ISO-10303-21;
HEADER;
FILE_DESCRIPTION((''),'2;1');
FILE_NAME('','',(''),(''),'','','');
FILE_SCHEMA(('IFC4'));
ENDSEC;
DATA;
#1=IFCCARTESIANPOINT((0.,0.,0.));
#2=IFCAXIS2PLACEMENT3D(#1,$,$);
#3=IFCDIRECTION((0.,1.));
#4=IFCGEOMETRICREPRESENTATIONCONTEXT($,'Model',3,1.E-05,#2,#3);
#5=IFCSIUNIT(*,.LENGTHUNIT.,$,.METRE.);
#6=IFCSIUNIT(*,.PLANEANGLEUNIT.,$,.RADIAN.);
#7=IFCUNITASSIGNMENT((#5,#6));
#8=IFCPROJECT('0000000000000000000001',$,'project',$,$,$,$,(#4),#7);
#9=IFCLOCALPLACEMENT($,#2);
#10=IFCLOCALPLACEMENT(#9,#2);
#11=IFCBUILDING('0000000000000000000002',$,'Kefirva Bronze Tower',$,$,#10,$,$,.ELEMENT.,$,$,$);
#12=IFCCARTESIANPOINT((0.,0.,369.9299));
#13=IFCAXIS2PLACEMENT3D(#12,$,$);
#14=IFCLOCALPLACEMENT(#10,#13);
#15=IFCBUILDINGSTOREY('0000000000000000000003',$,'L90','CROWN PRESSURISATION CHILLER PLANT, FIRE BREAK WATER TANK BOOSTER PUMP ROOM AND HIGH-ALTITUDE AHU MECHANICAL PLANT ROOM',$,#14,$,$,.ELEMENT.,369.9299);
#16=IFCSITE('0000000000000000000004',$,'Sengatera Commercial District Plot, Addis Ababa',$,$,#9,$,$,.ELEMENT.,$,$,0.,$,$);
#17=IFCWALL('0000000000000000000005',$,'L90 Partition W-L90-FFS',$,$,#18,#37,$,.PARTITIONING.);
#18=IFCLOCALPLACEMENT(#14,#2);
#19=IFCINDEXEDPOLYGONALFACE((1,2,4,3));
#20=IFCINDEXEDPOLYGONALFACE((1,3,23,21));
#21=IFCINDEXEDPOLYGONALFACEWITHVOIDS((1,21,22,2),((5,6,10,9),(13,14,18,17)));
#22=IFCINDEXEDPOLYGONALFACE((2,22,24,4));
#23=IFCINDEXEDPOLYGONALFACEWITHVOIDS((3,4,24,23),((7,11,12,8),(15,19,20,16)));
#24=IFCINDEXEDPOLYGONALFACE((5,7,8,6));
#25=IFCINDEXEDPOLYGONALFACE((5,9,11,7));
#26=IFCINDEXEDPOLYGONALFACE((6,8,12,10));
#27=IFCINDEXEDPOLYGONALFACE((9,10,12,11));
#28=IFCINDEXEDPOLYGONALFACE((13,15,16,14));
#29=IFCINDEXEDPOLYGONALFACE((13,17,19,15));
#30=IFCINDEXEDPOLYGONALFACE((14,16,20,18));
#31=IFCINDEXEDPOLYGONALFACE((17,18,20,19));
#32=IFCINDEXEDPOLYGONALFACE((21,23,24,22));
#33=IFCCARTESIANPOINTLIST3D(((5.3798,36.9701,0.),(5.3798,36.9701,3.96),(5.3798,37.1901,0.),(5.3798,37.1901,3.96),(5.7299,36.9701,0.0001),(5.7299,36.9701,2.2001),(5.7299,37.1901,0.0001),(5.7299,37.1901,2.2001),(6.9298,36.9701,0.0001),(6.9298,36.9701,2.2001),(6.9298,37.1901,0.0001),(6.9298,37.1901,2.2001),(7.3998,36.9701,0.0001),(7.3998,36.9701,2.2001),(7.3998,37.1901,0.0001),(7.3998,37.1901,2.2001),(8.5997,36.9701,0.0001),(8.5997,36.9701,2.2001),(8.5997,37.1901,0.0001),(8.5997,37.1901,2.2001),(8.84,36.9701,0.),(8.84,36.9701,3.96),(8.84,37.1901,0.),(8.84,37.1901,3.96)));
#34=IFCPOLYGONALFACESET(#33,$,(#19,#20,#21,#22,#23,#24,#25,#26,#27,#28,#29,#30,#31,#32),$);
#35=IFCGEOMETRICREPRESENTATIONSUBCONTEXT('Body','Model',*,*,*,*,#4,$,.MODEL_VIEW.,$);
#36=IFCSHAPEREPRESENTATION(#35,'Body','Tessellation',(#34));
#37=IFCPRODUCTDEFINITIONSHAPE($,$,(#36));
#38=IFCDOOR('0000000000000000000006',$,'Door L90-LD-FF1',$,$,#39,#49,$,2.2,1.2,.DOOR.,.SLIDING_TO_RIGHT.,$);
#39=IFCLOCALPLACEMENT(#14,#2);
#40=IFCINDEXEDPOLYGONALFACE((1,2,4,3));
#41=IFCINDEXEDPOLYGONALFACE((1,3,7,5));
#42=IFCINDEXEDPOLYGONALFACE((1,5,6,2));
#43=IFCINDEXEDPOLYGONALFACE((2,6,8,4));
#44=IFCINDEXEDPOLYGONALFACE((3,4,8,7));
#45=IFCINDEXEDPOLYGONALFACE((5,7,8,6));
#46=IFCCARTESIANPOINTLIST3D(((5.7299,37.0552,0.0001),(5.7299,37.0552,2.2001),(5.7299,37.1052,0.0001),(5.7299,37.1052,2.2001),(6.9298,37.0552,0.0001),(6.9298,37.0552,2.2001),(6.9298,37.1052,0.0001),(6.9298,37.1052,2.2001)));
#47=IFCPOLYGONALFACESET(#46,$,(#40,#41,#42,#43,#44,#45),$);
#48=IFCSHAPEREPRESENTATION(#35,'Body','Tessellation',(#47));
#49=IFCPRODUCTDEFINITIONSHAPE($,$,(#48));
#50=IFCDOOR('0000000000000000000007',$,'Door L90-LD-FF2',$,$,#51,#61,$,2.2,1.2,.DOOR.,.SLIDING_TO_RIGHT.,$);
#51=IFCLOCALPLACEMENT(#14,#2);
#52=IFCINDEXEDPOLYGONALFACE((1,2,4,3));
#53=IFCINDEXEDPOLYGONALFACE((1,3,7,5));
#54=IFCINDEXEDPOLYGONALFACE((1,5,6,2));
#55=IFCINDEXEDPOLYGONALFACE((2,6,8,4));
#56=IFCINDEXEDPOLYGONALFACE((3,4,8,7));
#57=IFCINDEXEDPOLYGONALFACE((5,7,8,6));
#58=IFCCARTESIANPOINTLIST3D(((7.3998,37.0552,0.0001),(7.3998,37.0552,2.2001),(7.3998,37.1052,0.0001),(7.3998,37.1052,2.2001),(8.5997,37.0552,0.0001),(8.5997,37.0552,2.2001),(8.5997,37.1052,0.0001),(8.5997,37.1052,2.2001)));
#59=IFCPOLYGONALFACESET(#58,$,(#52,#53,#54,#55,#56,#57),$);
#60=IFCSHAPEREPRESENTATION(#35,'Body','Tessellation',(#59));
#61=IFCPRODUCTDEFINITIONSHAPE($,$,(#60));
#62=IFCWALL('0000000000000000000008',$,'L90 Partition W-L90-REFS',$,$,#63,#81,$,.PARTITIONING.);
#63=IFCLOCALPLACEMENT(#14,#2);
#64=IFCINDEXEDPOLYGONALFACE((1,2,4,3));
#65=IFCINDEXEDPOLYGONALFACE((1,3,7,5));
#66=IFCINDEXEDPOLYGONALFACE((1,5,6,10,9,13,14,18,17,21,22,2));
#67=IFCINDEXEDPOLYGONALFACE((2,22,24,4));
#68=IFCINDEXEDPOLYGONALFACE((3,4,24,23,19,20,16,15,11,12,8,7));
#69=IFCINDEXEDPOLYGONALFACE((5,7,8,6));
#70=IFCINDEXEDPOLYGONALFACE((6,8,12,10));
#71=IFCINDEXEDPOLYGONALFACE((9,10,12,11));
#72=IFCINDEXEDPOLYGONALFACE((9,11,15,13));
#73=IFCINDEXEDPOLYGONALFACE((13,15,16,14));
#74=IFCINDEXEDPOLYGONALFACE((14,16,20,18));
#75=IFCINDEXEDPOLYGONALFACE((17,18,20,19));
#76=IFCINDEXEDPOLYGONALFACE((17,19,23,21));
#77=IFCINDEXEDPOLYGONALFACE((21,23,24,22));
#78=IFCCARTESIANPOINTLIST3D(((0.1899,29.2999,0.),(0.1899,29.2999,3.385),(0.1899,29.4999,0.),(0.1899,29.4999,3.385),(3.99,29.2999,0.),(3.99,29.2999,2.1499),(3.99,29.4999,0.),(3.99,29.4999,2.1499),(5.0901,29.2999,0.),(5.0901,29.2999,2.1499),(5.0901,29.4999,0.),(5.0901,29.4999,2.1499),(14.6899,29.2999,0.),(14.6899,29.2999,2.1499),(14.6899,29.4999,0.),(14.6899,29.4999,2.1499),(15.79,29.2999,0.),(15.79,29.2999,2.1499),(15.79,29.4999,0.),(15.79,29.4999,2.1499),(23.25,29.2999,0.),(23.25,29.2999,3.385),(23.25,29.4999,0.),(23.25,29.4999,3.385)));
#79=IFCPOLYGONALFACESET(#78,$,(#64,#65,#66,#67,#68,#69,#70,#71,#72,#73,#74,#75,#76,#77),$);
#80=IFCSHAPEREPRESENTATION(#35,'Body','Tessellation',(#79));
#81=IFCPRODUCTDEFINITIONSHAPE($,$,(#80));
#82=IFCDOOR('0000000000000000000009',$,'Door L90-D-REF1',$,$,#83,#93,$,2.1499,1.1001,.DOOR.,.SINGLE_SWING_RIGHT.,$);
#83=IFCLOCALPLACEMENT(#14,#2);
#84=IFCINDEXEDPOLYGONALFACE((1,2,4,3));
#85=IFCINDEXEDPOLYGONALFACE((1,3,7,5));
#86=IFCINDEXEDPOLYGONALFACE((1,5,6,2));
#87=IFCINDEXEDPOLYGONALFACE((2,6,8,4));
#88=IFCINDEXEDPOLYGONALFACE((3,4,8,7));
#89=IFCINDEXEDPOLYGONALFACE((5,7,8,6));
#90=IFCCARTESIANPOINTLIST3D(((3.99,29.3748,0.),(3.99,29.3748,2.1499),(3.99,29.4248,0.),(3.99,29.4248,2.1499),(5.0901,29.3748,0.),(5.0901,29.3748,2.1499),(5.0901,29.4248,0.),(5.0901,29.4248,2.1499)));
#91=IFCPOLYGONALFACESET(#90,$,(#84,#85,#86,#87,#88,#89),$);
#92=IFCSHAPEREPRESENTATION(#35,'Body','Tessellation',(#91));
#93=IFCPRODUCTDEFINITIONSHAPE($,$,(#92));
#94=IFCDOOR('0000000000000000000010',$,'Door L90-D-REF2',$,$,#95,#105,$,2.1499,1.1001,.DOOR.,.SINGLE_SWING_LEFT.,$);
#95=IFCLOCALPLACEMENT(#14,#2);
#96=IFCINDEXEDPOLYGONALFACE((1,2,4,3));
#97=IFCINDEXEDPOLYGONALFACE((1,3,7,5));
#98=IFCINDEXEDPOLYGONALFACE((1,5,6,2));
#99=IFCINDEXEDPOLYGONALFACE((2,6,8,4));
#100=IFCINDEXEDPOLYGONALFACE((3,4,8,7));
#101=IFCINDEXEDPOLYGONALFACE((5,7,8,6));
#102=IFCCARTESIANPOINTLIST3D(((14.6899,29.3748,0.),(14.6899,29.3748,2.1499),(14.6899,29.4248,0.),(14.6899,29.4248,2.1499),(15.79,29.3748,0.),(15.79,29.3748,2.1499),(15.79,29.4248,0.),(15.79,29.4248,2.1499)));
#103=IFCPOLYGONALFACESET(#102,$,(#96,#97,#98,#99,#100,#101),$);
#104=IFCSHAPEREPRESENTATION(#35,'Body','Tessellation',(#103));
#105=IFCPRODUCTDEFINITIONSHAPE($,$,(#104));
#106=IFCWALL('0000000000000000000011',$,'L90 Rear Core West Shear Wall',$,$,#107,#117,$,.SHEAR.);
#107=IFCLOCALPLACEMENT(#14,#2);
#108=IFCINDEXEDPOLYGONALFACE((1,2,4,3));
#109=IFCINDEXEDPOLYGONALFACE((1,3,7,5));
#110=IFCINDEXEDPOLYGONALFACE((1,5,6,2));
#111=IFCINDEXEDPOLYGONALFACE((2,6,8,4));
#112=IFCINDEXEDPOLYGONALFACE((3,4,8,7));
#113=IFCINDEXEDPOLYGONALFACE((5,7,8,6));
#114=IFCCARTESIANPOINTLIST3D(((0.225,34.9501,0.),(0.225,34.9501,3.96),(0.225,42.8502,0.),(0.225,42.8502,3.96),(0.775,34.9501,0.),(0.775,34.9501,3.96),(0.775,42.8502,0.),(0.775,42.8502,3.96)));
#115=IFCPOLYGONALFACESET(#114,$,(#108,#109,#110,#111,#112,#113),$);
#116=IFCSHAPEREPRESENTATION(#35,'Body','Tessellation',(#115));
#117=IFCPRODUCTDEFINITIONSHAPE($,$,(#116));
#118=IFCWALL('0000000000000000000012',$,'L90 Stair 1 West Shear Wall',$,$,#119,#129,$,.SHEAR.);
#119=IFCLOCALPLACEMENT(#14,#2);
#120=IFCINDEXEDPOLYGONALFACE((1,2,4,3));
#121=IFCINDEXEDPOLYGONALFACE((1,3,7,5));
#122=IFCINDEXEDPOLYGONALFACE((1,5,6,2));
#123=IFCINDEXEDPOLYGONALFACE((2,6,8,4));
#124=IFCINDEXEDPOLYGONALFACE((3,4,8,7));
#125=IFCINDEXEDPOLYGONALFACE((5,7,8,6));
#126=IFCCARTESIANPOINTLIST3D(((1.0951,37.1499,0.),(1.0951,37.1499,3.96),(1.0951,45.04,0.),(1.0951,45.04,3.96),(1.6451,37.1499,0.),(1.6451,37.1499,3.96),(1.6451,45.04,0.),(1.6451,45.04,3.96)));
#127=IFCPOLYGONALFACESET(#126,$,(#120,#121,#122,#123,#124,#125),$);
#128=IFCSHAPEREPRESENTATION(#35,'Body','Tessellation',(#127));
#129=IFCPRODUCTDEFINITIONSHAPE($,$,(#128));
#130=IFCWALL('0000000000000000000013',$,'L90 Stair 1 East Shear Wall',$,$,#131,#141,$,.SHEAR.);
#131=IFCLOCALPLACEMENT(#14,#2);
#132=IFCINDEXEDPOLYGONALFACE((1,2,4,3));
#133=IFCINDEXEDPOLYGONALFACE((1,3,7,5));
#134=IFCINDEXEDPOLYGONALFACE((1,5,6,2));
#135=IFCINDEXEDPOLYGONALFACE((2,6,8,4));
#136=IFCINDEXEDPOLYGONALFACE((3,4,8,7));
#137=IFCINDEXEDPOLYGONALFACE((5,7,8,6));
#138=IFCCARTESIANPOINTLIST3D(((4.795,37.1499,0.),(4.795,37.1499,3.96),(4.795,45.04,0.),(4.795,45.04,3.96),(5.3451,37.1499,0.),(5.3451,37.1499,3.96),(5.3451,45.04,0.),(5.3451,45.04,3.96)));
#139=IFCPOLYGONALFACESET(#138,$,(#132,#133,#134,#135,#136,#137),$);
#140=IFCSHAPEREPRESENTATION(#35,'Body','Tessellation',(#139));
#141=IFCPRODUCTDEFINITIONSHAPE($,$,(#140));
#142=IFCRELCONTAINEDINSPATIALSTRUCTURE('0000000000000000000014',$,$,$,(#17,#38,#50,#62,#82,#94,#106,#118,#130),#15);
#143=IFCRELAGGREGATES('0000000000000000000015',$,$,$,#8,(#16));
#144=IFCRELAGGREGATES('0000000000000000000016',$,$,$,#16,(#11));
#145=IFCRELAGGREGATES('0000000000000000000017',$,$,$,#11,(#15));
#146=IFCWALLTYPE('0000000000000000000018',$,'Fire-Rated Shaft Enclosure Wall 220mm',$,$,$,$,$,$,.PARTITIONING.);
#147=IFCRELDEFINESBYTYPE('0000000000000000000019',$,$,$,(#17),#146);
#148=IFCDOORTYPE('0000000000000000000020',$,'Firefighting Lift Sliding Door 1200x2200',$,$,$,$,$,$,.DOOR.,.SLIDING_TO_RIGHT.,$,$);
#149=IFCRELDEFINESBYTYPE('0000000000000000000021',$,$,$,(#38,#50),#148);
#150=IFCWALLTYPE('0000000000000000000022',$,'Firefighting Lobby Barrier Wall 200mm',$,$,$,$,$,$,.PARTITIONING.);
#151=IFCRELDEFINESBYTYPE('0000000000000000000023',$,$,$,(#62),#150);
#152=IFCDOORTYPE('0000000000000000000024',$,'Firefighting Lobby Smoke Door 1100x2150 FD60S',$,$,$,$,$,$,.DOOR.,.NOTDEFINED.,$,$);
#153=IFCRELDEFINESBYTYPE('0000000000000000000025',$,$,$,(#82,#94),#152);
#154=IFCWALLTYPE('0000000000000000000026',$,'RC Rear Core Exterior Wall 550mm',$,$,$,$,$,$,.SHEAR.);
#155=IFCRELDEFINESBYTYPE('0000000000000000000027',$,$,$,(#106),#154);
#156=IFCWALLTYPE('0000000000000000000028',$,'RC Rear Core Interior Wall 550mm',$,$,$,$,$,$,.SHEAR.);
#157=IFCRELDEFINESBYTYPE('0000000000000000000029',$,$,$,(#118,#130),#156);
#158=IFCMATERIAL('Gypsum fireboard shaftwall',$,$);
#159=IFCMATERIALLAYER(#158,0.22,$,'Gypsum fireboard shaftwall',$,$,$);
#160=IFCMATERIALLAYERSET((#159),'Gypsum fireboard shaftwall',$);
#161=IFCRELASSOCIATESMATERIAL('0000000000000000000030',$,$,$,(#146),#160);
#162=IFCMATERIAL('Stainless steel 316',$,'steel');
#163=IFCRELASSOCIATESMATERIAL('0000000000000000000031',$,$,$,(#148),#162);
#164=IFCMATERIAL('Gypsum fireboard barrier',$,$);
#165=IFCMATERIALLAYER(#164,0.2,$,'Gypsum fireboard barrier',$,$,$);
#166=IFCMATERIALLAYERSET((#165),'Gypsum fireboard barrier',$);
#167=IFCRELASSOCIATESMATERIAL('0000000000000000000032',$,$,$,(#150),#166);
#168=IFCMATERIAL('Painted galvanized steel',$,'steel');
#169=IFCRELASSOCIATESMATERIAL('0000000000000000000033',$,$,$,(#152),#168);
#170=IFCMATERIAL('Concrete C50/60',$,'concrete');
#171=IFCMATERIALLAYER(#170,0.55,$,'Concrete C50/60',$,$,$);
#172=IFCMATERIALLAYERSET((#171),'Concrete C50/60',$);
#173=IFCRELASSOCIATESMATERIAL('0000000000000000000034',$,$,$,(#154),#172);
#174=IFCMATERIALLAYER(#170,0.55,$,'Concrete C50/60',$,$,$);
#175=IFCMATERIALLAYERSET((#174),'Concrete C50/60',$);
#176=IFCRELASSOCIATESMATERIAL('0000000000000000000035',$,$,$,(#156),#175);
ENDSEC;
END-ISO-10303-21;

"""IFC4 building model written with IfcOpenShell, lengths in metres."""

from ifc_helpers import new_model, si_unit, direction, frame, frame_2d, origin, place, context, subcontext, project, spatial, rectangle, extrude, material, layer, layer_set, type_object, element, fill, save


model = new_model("IFC4")

# Units and contexts
model_context = context("Model", 3, precision=1e-05, world=origin(), true_north=direction((0.0, 1.0)))
body_context = subcontext(model_context, "Body", "Model", "MODEL_VIEW")
ifc_project = project(units=[si_unit("LENGTHUNIT", "METRE"), si_unit("PLANEANGLEUNIT", "RADIAN")], contexts=[model_context])

# Site, building, storey
site_placement = place(None, origin())
site = spatial("IfcSite", under=ifc_project, at=site_placement, Name="Sengatera Commercial District Plot, Addis Ababa", CompositionType="ELEMENT", RefElevation=0.0)
building_placement = place(site_placement, origin())
building = spatial("IfcBuilding", under=site, at=building_placement, Name="Kefirva Bronze Tower", CompositionType="ELEMENT")
storey_placement = place(building_placement, frame((0.0, 0.0, 369.9299)))
storey = spatial("IfcBuildingStorey", under=building, at=storey_placement, Name="L90", Description="CROWN PRESSURISATION CHILLER PLANT, FIRE BREAK WATER TANK BOOSTER PUMP ROOM AND HIGH-ALTITUDE AHU MECHANICAL PLANT ROOM", CompositionType="ELEMENT", Elevation=369.9299)

# Shared definitions
ifc_material_1 = material(Name="Concrete C50/60", Category="concrete")

# Shared definitions
ifc_material_2 = material(Name="Gypsum fireboard shaftwall")
ifc_layer_1 = layer(ifc_material_2, 0.22, Name="Gypsum fireboard shaftwall")
ifc_layer_set_1 = layer_set([ifc_layer_1], Name="Gypsum fireboard shaftwall")
wall_type_1 = type_object("IfcWallType", Name="Fire-Rated Shaft Enclosure Wall 220mm", PredefinedType="PARTITIONING", material=ifc_layer_set_1)
ifc_material_3 = material(Name="Painted galvanized steel", Category="steel")

# Walls, openings, doors
wall_1_placement = place(storey_placement, frame((5.3799, 37.0801, 0.0), z_axis=(0.0, 0.0, 1.0), x_axis=(1.0, 0.0, 0.0)))
wall_1 = element("IfcWall", 1, at=wall_1_placement, inside=storey, type_object=wall_type_1, Name="L90 Partition W-L90-FFS", PredefinedType="PARTITIONING", context=body_context, shape_type="SweptSolid", body=[
    extrude(rectangle(XDim=3.4602, YDim=0.22, at=frame_2d((1.73, 0.0))), origin(), (0.0, 0.0, 1.0), 3.96),
])
opening_1_placement = place(wall_1_placement, frame((1.55, 0.0, 0.0), z_axis=(0.0, 0.0, 1.0), x_axis=(-1.0, 0.0, 0.0)))
opening_1 = element("IfcOpeningElement", 2, at=opening_1_placement, cuts=wall_1, PredefinedType="OPENING", context=body_context, shape_type="SweptSolid", body=[
    extrude(rectangle(XDim=1.2, YDim=2.2, at=frame_2d((0.6001, 1.1001))), frame((0.0, 0.1201, 0.0), z_axis=(0.0, -1.0, 0.0), x_axis=(1.0, 0.0, 0.0)), (0.0, 0.0, 1.0), 0.24),
])
opening_2_placement = place(wall_1_placement, frame((3.22, 0.0, 0.0), z_axis=(0.0, 0.0, 1.0), x_axis=(-1.0, 0.0, 0.0)))
opening_2 = element("IfcOpeningElement", 3, at=opening_2_placement, cuts=wall_1, PredefinedType="OPENING", context=body_context, shape_type="SweptSolid", body=[
    extrude(rectangle(XDim=1.2, YDim=2.2, at=frame_2d((0.6001, 1.1001))), frame((0.0, 0.1201, 0.0), z_axis=(0.0, -1.0, 0.0), x_axis=(1.0, 0.0, 0.0)), (0.0, 0.0, 1.0), 0.24),
])
ifc_material_4 = material(Name="Stainless steel 316", Category="steel")
door_type_1 = type_object("IfcDoorType", Name="Firefighting Lift Sliding Door 1200x2200", OperationType="SLIDING_TO_RIGHT", PredefinedType="DOOR", material=ifc_material_4)
door_1_placement = place(opening_1_placement, origin())
door_1 = element("IfcDoor", 4, at=door_1_placement, inside=storey, type_object=door_type_1, Name="Door L90-LD-FF1", OperationType="SLIDING_TO_RIGHT", OverallHeight=2.2, OverallWidth=1.2, PredefinedType="DOOR", context=body_context, shape_type="SweptSolid", body=[
    extrude(rectangle(XDim=1.2, YDim=2.2, at=frame_2d((0.6001, 1.1001))), frame((0.0, 0.0249, 0.0), z_axis=(0.0, -1.0, 0.0), x_axis=(1.0, 0.0, 0.0)), (0.0, 0.0, 1.0), 0.05),
])
fill(opening_1, door_1)
door_2_placement = place(opening_2_placement, origin())
door_2 = element("IfcDoor", 5, at=door_2_placement, inside=storey, type_object=door_type_1, Name="Door L90-LD-FF2", OperationType="SLIDING_TO_RIGHT", OverallHeight=2.2, OverallWidth=1.2, PredefinedType="DOOR", context=body_context, shape_type="SweptSolid", body=[
    extrude(rectangle(XDim=1.2, YDim=2.2, at=frame_2d((0.6001, 1.1001))), frame((0.0, 0.0249, 0.0), z_axis=(0.0, -1.0, 0.0), x_axis=(1.0, 0.0, 0.0)), (0.0, 0.0, 1.0), 0.05),
])
fill(opening_2, door_2)
ifc_material_5 = material(Name="Gypsum fireboard barrier")
ifc_layer_2 = layer(ifc_material_5, 0.2, Name="Gypsum fireboard barrier")
ifc_layer_set_2 = layer_set([ifc_layer_2], Name="Gypsum fireboard barrier")
wall_type_2 = type_object("IfcWallType", Name="Firefighting Lobby Barrier Wall 200mm", PredefinedType="PARTITIONING", material=ifc_layer_set_2)
wall_2_placement = place(storey_placement, frame((0.1899, 29.3999, 0.0), z_axis=(0.0, 0.0, 1.0), x_axis=(1.0, 0.0, 0.0)))
wall_2 = element("IfcWall", 6, at=wall_2_placement, inside=storey, type_object=wall_type_2, Name="L90 Partition W-L90-REFS", PredefinedType="PARTITIONING", context=body_context, shape_type="SweptSolid", body=[
    extrude(rectangle(XDim=23.0601, YDim=0.2, at=frame_2d((11.53, 0.0))), origin(), (0.0, 0.0, 1.0), 3.385),
])
opening_3_placement = place(wall_2_placement, frame((3.8, 0.0, 0.0)))
opening_3 = element("IfcOpeningElement", 7, at=opening_3_placement, cuts=wall_2, PredefinedType="OPENING", context=body_context, shape_type="SweptSolid", body=[
    extrude(rectangle(XDim=1.1001, YDim=2.1499, at=frame_2d((0.55, 1.075))), frame((0.0, 0.1099, 0.0), z_axis=(0.0, -1.0, 0.0), x_axis=(1.0, 0.0, 0.0)), (0.0, 0.0, 1.0), 0.22),
])
opening_4_placement = place(wall_2_placement, frame((14.5, 0.0, 0.0)))
opening_4 = element("IfcOpeningElement", 8, at=opening_4_placement, cuts=wall_2, PredefinedType="OPENING", context=body_context, shape_type="SweptSolid", body=[
    extrude(rectangle(XDim=1.1001, YDim=2.1499, at=frame_2d((0.55, 1.075))), frame((0.0, 0.1099, 0.0), z_axis=(0.0, -1.0, 0.0), x_axis=(1.0, 0.0, 0.0)), (0.0, 0.0, 1.0), 0.22),
])
door_type_2 = type_object("IfcDoorType", Name="Firefighting Lobby Smoke Door 1100x2150 FD60S", OperationType="NOTDEFINED", PredefinedType="DOOR", material=ifc_material_3)
door_3_placement = place(opening_3_placement, origin())
door_3 = element("IfcDoor", 9, at=door_3_placement, inside=storey, type_object=door_type_2, Name="Door L90-D-REF1", OperationType="SINGLE_SWING_RIGHT", OverallHeight=2.1499, OverallWidth=1.1001, PredefinedType="DOOR", context=body_context, shape_type="SweptSolid", body=[
    extrude(rectangle(XDim=1.1001, YDim=2.1499, at=frame_2d((0.55, 1.075))), frame((0.0, 0.0249, 0.0), z_axis=(0.0, -1.0, 0.0), x_axis=(1.0, 0.0, 0.0)), (0.0, 0.0, 1.0), 0.05),
])
fill(opening_3, door_3)
door_4_placement = place(opening_4_placement, origin())
door_4 = element("IfcDoor", 10, at=door_4_placement, inside=storey, type_object=door_type_2, Name="Door L90-D-REF2", OperationType="SINGLE_SWING_LEFT", OverallHeight=2.1499, OverallWidth=1.1001, PredefinedType="DOOR", context=body_context, shape_type="SweptSolid", body=[
    extrude(rectangle(XDim=1.1001, YDim=2.1499, at=frame_2d((0.55, 1.075))), frame((0.0, 0.0249, 0.0), z_axis=(0.0, -1.0, 0.0), x_axis=(1.0, 0.0, 0.0)), (0.0, 0.0, 1.0), 0.05),
])
fill(opening_4, door_4)

# Wall
ifc_layer_3 = layer(ifc_material_1, 0.55, Name="Concrete C50/60")
ifc_layer_set_3 = layer_set([ifc_layer_3], Name="Concrete C50/60")
wall_type_3 = type_object("IfcWallType", Name="RC Rear Core Exterior Wall 550mm", PredefinedType="SHEAR", material=ifc_layer_set_3)
wall_3_placement = place(storey_placement, frame((0.5, 34.95, 0.0), z_axis=(0.0, 0.0, 1.0), x_axis=(0.0, 1.0, 0.0)))
element("IfcWall", 11, at=wall_3_placement, inside=storey, type_object=wall_type_3, Name="L90 Rear Core West Shear Wall", PredefinedType="SHEAR", context=body_context, shape_type="SweptSolid", body=[
    extrude(rectangle(XDim=7.9001, YDim=0.55, at=frame_2d((3.9502, 0.0))), origin(), (0.0, 0.0, 1.0), 3.96),
])

# Shared definitions
ifc_layer_4 = layer(ifc_material_1, 0.55, Name="Concrete C50/60")
ifc_layer_set_4 = layer_set([ifc_layer_4], Name="Concrete C50/60")
wall_type_4 = type_object("IfcWallType", Name="RC Rear Core Interior Wall 550mm", PredefinedType="SHEAR", material=ifc_layer_set_4)

# Walls
for number, where, z_axis, x_axis, name in (
    (12, (1.3701, 37.1499, 0.0), (0.0, 0.0, 1.0), (0.0, 1.0, 0.0), "L90 Stair 1 West Shear Wall"),
    (13, (5.0701, 37.1499, 0.0), (0.0, 0.0, 1.0), (0.0, 1.0, 0.0), "L90 Stair 1 East Shear Wall"),
):
    element("IfcWall", number, at=place(storey_placement, frame(where, z_axis=z_axis, x_axis=x_axis)), inside=storey, type_object=wall_type_4, Name=name, PredefinedType="SHEAR", context=body_context, shape_type="SweptSolid", body=[
        extrude(rectangle(XDim=7.8901, YDim=0.55, at=frame_2d((3.9451, 0.0))), origin(), (0.0, 0.0, 1.0), 3.96),
    ])

save(model, "model.ifc")
